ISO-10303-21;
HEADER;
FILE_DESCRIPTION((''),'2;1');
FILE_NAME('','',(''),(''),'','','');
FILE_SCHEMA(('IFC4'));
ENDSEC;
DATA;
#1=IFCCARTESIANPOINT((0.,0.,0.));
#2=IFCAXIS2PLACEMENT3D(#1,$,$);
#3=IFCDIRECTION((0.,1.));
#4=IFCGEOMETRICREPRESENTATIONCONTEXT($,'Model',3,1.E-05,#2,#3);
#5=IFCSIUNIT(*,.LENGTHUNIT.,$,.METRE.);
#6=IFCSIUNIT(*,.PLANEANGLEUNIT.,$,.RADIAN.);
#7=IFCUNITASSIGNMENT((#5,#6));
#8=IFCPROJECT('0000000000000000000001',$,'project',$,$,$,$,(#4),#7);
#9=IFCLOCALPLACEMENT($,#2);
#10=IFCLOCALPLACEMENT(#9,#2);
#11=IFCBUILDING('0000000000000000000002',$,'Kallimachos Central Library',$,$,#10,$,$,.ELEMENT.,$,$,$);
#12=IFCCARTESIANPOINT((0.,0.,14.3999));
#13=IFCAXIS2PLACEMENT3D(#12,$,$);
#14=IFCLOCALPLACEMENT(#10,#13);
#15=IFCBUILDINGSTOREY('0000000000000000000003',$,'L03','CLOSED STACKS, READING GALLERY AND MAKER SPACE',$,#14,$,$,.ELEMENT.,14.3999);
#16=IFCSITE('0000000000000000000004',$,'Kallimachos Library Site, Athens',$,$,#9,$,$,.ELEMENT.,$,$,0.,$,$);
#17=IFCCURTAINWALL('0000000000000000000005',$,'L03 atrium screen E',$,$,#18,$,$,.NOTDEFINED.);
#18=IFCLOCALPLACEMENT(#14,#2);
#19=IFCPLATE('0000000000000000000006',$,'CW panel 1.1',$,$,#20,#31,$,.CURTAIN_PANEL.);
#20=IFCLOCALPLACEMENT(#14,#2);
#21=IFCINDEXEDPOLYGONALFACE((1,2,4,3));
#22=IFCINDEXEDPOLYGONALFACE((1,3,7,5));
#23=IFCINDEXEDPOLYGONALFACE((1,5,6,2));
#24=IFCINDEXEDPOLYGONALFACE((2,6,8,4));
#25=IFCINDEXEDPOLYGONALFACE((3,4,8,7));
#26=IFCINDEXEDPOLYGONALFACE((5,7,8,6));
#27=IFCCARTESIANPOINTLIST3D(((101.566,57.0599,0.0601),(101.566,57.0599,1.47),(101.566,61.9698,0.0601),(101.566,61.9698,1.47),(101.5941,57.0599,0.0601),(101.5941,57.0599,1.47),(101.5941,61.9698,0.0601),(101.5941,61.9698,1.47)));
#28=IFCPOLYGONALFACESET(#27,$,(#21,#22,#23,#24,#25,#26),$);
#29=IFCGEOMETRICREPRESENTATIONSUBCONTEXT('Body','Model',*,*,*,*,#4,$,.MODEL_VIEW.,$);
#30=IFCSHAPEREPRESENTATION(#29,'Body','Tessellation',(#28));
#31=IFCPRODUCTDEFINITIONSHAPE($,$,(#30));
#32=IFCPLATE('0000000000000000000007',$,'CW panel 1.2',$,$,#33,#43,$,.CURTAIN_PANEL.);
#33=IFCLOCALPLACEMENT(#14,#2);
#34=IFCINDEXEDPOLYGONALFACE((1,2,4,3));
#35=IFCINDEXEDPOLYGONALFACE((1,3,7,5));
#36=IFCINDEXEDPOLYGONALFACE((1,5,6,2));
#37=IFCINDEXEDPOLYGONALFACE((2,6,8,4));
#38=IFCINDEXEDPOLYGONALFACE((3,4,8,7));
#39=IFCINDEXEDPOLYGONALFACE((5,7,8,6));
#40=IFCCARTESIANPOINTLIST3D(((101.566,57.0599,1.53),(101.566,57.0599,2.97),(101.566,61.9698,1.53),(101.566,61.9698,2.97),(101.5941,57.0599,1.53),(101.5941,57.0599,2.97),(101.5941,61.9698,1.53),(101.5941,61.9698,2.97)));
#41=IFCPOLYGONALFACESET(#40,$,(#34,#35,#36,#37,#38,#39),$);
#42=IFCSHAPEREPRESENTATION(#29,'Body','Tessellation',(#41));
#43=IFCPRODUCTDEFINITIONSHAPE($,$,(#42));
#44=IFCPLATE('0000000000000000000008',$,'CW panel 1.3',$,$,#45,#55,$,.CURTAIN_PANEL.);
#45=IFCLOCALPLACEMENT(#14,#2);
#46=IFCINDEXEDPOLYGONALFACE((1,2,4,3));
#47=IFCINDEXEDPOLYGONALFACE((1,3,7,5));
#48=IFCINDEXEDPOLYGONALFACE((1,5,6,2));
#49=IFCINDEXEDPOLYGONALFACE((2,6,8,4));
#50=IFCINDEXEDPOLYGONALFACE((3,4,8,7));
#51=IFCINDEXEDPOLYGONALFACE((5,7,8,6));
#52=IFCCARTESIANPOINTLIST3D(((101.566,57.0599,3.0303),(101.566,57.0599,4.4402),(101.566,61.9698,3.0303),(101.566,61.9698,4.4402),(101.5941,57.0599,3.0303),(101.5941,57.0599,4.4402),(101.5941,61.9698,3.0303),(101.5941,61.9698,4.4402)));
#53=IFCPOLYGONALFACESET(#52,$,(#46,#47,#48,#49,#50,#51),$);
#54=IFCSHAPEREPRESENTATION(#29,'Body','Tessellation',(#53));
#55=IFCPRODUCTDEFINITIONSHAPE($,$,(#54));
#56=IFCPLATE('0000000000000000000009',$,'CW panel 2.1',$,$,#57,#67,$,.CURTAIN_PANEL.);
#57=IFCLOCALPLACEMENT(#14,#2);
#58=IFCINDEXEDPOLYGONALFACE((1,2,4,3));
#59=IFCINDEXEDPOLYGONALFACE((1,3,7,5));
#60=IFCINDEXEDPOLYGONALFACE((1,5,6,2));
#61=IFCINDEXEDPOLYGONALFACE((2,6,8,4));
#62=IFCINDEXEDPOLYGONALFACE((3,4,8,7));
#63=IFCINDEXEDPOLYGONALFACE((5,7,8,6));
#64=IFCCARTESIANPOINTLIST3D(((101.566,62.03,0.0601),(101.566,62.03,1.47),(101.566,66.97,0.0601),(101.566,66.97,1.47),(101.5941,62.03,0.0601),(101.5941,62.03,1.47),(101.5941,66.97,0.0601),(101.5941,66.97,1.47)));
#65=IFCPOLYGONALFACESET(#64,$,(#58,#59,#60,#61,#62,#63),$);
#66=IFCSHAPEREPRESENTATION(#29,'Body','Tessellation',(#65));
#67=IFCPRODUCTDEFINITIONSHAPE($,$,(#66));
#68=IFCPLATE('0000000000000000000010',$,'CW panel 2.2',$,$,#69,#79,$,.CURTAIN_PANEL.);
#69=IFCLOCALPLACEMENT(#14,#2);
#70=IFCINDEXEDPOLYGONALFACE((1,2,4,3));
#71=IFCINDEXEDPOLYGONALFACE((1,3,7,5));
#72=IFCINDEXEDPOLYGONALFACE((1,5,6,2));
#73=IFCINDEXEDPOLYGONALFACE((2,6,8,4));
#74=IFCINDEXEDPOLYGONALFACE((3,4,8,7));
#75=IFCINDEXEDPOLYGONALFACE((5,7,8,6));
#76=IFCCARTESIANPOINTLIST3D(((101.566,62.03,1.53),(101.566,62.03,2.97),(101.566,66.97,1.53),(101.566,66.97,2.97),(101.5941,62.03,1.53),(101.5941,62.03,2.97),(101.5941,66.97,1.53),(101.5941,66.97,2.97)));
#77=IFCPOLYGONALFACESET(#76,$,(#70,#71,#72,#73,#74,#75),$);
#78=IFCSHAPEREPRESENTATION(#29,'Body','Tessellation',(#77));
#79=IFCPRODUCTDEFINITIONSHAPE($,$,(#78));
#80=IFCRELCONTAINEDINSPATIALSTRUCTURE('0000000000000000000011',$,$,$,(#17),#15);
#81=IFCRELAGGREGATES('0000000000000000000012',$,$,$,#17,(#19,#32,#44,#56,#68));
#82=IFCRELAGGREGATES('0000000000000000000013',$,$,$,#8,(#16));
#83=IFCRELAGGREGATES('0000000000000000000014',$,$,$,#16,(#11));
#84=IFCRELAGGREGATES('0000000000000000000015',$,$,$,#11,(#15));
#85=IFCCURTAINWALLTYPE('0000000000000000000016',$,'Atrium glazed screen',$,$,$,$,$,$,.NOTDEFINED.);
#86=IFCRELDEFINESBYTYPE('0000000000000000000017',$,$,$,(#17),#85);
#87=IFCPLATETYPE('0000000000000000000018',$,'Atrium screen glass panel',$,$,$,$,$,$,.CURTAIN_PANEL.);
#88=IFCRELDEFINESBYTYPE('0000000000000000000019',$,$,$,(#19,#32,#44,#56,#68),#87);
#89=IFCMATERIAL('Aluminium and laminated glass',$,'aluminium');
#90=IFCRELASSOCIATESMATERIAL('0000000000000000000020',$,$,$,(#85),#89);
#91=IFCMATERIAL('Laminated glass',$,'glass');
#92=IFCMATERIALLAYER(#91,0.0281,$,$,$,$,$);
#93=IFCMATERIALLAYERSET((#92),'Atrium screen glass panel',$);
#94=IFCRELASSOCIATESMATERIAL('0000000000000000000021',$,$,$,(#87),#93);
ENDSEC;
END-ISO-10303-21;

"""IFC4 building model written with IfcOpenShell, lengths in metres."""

from ifc_helpers import new_model, si_unit, direction, frame, origin, origin_2d, place, context, subcontext, project, spatial, rectangle, extrude, material, layer, layer_set, type_object, element, aggregate, save


model = new_model("IFC4")

# Units and contexts
model_context = context("Model", 3, precision=1e-05, world=origin(), true_north=direction((0.0, 1.0)))
body_context = subcontext(model_context, "Body", "Model", "MODEL_VIEW")
ifc_project = project(units=[si_unit("LENGTHUNIT", "METRE"), si_unit("PLANEANGLEUNIT", "RADIAN")], contexts=[model_context])

# Site, building, storey
site_placement = place(None, origin())
site = spatial("IfcSite", under=ifc_project, at=site_placement, Name="Kallimachos Library Site, Athens", CompositionType="ELEMENT", RefElevation=0.0)
building_placement = place(site_placement, origin())
building = spatial("IfcBuilding", under=site, at=building_placement, Name="Kallimachos Central Library", CompositionType="ELEMENT")
storey_placement = place(building_placement, frame((0.0, 0.0, 14.3999)))
storey = spatial("IfcBuildingStorey", under=building, at=storey_placement, Name="L03", Description="CLOSED STACKS, READING GALLERY AND MAKER SPACE", CompositionType="ELEMENT", Elevation=14.3999)

# Curtain wall
ifc_material_1 = material(Name="Aluminium and laminated glass", Category="aluminium")
curtain_wall_type = type_object("IfcCurtainWallType", Name="Atrium glazed screen", PredefinedType="NOTDEFINED", material=ifc_material_1)
curtain_wall_1_placement = place(storey_placement, origin())
curtain_wall_1 = element("IfcCurtainWall", 1, at=curtain_wall_1_placement, inside=storey, type_object=curtain_wall_type, Name="L03 atrium screen E", PredefinedType="NOTDEFINED")

# Plates
ifc_material_2 = material(Name="Laminated glass", Category="glass")
ifc_layer = layer(ifc_material_2, 0.0281)
ifc_layer_set = layer_set([ifc_layer], Name="Atrium screen glass panel")
plate_type = type_object("IfcPlateType", Name="Atrium screen glass panel", PredefinedType="CURTAIN_PANEL", material=ifc_layer_set)
plate_1_placement = place(storey_placement, frame((101.5801, 59.5149, 0.0601), z_axis=(0.0, 0.0, 1.0), x_axis=(0.0, 1.0, 0.0)))
plate_1 = element("IfcPlate", 2, at=plate_1_placement, type_object=plate_type, Name="CW panel 1.1", PredefinedType="CURTAIN_PANEL", context=body_context, shape_type="SweptSolid", body=[
    extrude(rectangle(XDim=4.9099, YDim=0.0281, at=origin_2d()), origin(), (0.0, 0.0, 1.0), 1.4099),
])
plate_2_placement = place(storey_placement, frame((101.5801, 59.5149, 1.53), z_axis=(0.0, 0.0, 1.0), x_axis=(0.0, 1.0, 0.0)))
plate_2 = element("IfcPlate", 3, at=plate_2_placement, type_object=plate_type, Name="CW panel 1.2", PredefinedType="CURTAIN_PANEL", context=body_context, shape_type="SweptSolid", body=[
    extrude(rectangle(XDim=4.9099, YDim=0.0281, at=origin_2d()), origin(), (0.0, 0.0, 1.0), 1.4399),
])
plate_3_placement = place(storey_placement, frame((101.5801, 59.5149, 3.0303), z_axis=(0.0, 0.0, 1.0), x_axis=(0.0, 1.0, 0.0)))
plate_3 = element("IfcPlate", 4, at=plate_3_placement, type_object=plate_type, Name="CW panel 1.3", PredefinedType="CURTAIN_PANEL", context=body_context, shape_type="SweptSolid", body=[
    extrude(rectangle(XDim=4.9099, YDim=0.0281, at=origin_2d()), origin(), (0.0, 0.0, 1.0), 1.4099),
])
plate_4_placement = place(storey_placement, frame((101.5801, 64.5, 0.0601), z_axis=(0.0, 0.0, 1.0), x_axis=(0.0, 1.0, 0.0)))
plate_4 = element("IfcPlate", 5, at=plate_4_placement, type_object=plate_type, Name="CW panel 2.1", PredefinedType="CURTAIN_PANEL", context=body_context, shape_type="SweptSolid", body=[
    extrude(rectangle(XDim=4.9399, YDim=0.0281, at=origin_2d()), origin(), (0.0, 0.0, 1.0), 1.4099),
])
plate_5_placement = place(storey_placement, frame((101.5801, 64.5, 1.53), z_axis=(0.0, 0.0, 1.0), x_axis=(0.0, 1.0, 0.0)))
plate_5 = element("IfcPlate", 6, at=plate_5_placement, type_object=plate_type, Name="CW panel 2.2", PredefinedType="CURTAIN_PANEL", context=body_context, shape_type="SweptSolid", body=[
    extrude(rectangle(XDim=4.9399, YDim=0.0281, at=origin_2d()), origin(), (0.0, 0.0, 1.0), 1.4399),
])
aggregate(curtain_wall_1, [plate_1, plate_2, plate_3, plate_4, plate_5])

save(model, "model.ifc")
